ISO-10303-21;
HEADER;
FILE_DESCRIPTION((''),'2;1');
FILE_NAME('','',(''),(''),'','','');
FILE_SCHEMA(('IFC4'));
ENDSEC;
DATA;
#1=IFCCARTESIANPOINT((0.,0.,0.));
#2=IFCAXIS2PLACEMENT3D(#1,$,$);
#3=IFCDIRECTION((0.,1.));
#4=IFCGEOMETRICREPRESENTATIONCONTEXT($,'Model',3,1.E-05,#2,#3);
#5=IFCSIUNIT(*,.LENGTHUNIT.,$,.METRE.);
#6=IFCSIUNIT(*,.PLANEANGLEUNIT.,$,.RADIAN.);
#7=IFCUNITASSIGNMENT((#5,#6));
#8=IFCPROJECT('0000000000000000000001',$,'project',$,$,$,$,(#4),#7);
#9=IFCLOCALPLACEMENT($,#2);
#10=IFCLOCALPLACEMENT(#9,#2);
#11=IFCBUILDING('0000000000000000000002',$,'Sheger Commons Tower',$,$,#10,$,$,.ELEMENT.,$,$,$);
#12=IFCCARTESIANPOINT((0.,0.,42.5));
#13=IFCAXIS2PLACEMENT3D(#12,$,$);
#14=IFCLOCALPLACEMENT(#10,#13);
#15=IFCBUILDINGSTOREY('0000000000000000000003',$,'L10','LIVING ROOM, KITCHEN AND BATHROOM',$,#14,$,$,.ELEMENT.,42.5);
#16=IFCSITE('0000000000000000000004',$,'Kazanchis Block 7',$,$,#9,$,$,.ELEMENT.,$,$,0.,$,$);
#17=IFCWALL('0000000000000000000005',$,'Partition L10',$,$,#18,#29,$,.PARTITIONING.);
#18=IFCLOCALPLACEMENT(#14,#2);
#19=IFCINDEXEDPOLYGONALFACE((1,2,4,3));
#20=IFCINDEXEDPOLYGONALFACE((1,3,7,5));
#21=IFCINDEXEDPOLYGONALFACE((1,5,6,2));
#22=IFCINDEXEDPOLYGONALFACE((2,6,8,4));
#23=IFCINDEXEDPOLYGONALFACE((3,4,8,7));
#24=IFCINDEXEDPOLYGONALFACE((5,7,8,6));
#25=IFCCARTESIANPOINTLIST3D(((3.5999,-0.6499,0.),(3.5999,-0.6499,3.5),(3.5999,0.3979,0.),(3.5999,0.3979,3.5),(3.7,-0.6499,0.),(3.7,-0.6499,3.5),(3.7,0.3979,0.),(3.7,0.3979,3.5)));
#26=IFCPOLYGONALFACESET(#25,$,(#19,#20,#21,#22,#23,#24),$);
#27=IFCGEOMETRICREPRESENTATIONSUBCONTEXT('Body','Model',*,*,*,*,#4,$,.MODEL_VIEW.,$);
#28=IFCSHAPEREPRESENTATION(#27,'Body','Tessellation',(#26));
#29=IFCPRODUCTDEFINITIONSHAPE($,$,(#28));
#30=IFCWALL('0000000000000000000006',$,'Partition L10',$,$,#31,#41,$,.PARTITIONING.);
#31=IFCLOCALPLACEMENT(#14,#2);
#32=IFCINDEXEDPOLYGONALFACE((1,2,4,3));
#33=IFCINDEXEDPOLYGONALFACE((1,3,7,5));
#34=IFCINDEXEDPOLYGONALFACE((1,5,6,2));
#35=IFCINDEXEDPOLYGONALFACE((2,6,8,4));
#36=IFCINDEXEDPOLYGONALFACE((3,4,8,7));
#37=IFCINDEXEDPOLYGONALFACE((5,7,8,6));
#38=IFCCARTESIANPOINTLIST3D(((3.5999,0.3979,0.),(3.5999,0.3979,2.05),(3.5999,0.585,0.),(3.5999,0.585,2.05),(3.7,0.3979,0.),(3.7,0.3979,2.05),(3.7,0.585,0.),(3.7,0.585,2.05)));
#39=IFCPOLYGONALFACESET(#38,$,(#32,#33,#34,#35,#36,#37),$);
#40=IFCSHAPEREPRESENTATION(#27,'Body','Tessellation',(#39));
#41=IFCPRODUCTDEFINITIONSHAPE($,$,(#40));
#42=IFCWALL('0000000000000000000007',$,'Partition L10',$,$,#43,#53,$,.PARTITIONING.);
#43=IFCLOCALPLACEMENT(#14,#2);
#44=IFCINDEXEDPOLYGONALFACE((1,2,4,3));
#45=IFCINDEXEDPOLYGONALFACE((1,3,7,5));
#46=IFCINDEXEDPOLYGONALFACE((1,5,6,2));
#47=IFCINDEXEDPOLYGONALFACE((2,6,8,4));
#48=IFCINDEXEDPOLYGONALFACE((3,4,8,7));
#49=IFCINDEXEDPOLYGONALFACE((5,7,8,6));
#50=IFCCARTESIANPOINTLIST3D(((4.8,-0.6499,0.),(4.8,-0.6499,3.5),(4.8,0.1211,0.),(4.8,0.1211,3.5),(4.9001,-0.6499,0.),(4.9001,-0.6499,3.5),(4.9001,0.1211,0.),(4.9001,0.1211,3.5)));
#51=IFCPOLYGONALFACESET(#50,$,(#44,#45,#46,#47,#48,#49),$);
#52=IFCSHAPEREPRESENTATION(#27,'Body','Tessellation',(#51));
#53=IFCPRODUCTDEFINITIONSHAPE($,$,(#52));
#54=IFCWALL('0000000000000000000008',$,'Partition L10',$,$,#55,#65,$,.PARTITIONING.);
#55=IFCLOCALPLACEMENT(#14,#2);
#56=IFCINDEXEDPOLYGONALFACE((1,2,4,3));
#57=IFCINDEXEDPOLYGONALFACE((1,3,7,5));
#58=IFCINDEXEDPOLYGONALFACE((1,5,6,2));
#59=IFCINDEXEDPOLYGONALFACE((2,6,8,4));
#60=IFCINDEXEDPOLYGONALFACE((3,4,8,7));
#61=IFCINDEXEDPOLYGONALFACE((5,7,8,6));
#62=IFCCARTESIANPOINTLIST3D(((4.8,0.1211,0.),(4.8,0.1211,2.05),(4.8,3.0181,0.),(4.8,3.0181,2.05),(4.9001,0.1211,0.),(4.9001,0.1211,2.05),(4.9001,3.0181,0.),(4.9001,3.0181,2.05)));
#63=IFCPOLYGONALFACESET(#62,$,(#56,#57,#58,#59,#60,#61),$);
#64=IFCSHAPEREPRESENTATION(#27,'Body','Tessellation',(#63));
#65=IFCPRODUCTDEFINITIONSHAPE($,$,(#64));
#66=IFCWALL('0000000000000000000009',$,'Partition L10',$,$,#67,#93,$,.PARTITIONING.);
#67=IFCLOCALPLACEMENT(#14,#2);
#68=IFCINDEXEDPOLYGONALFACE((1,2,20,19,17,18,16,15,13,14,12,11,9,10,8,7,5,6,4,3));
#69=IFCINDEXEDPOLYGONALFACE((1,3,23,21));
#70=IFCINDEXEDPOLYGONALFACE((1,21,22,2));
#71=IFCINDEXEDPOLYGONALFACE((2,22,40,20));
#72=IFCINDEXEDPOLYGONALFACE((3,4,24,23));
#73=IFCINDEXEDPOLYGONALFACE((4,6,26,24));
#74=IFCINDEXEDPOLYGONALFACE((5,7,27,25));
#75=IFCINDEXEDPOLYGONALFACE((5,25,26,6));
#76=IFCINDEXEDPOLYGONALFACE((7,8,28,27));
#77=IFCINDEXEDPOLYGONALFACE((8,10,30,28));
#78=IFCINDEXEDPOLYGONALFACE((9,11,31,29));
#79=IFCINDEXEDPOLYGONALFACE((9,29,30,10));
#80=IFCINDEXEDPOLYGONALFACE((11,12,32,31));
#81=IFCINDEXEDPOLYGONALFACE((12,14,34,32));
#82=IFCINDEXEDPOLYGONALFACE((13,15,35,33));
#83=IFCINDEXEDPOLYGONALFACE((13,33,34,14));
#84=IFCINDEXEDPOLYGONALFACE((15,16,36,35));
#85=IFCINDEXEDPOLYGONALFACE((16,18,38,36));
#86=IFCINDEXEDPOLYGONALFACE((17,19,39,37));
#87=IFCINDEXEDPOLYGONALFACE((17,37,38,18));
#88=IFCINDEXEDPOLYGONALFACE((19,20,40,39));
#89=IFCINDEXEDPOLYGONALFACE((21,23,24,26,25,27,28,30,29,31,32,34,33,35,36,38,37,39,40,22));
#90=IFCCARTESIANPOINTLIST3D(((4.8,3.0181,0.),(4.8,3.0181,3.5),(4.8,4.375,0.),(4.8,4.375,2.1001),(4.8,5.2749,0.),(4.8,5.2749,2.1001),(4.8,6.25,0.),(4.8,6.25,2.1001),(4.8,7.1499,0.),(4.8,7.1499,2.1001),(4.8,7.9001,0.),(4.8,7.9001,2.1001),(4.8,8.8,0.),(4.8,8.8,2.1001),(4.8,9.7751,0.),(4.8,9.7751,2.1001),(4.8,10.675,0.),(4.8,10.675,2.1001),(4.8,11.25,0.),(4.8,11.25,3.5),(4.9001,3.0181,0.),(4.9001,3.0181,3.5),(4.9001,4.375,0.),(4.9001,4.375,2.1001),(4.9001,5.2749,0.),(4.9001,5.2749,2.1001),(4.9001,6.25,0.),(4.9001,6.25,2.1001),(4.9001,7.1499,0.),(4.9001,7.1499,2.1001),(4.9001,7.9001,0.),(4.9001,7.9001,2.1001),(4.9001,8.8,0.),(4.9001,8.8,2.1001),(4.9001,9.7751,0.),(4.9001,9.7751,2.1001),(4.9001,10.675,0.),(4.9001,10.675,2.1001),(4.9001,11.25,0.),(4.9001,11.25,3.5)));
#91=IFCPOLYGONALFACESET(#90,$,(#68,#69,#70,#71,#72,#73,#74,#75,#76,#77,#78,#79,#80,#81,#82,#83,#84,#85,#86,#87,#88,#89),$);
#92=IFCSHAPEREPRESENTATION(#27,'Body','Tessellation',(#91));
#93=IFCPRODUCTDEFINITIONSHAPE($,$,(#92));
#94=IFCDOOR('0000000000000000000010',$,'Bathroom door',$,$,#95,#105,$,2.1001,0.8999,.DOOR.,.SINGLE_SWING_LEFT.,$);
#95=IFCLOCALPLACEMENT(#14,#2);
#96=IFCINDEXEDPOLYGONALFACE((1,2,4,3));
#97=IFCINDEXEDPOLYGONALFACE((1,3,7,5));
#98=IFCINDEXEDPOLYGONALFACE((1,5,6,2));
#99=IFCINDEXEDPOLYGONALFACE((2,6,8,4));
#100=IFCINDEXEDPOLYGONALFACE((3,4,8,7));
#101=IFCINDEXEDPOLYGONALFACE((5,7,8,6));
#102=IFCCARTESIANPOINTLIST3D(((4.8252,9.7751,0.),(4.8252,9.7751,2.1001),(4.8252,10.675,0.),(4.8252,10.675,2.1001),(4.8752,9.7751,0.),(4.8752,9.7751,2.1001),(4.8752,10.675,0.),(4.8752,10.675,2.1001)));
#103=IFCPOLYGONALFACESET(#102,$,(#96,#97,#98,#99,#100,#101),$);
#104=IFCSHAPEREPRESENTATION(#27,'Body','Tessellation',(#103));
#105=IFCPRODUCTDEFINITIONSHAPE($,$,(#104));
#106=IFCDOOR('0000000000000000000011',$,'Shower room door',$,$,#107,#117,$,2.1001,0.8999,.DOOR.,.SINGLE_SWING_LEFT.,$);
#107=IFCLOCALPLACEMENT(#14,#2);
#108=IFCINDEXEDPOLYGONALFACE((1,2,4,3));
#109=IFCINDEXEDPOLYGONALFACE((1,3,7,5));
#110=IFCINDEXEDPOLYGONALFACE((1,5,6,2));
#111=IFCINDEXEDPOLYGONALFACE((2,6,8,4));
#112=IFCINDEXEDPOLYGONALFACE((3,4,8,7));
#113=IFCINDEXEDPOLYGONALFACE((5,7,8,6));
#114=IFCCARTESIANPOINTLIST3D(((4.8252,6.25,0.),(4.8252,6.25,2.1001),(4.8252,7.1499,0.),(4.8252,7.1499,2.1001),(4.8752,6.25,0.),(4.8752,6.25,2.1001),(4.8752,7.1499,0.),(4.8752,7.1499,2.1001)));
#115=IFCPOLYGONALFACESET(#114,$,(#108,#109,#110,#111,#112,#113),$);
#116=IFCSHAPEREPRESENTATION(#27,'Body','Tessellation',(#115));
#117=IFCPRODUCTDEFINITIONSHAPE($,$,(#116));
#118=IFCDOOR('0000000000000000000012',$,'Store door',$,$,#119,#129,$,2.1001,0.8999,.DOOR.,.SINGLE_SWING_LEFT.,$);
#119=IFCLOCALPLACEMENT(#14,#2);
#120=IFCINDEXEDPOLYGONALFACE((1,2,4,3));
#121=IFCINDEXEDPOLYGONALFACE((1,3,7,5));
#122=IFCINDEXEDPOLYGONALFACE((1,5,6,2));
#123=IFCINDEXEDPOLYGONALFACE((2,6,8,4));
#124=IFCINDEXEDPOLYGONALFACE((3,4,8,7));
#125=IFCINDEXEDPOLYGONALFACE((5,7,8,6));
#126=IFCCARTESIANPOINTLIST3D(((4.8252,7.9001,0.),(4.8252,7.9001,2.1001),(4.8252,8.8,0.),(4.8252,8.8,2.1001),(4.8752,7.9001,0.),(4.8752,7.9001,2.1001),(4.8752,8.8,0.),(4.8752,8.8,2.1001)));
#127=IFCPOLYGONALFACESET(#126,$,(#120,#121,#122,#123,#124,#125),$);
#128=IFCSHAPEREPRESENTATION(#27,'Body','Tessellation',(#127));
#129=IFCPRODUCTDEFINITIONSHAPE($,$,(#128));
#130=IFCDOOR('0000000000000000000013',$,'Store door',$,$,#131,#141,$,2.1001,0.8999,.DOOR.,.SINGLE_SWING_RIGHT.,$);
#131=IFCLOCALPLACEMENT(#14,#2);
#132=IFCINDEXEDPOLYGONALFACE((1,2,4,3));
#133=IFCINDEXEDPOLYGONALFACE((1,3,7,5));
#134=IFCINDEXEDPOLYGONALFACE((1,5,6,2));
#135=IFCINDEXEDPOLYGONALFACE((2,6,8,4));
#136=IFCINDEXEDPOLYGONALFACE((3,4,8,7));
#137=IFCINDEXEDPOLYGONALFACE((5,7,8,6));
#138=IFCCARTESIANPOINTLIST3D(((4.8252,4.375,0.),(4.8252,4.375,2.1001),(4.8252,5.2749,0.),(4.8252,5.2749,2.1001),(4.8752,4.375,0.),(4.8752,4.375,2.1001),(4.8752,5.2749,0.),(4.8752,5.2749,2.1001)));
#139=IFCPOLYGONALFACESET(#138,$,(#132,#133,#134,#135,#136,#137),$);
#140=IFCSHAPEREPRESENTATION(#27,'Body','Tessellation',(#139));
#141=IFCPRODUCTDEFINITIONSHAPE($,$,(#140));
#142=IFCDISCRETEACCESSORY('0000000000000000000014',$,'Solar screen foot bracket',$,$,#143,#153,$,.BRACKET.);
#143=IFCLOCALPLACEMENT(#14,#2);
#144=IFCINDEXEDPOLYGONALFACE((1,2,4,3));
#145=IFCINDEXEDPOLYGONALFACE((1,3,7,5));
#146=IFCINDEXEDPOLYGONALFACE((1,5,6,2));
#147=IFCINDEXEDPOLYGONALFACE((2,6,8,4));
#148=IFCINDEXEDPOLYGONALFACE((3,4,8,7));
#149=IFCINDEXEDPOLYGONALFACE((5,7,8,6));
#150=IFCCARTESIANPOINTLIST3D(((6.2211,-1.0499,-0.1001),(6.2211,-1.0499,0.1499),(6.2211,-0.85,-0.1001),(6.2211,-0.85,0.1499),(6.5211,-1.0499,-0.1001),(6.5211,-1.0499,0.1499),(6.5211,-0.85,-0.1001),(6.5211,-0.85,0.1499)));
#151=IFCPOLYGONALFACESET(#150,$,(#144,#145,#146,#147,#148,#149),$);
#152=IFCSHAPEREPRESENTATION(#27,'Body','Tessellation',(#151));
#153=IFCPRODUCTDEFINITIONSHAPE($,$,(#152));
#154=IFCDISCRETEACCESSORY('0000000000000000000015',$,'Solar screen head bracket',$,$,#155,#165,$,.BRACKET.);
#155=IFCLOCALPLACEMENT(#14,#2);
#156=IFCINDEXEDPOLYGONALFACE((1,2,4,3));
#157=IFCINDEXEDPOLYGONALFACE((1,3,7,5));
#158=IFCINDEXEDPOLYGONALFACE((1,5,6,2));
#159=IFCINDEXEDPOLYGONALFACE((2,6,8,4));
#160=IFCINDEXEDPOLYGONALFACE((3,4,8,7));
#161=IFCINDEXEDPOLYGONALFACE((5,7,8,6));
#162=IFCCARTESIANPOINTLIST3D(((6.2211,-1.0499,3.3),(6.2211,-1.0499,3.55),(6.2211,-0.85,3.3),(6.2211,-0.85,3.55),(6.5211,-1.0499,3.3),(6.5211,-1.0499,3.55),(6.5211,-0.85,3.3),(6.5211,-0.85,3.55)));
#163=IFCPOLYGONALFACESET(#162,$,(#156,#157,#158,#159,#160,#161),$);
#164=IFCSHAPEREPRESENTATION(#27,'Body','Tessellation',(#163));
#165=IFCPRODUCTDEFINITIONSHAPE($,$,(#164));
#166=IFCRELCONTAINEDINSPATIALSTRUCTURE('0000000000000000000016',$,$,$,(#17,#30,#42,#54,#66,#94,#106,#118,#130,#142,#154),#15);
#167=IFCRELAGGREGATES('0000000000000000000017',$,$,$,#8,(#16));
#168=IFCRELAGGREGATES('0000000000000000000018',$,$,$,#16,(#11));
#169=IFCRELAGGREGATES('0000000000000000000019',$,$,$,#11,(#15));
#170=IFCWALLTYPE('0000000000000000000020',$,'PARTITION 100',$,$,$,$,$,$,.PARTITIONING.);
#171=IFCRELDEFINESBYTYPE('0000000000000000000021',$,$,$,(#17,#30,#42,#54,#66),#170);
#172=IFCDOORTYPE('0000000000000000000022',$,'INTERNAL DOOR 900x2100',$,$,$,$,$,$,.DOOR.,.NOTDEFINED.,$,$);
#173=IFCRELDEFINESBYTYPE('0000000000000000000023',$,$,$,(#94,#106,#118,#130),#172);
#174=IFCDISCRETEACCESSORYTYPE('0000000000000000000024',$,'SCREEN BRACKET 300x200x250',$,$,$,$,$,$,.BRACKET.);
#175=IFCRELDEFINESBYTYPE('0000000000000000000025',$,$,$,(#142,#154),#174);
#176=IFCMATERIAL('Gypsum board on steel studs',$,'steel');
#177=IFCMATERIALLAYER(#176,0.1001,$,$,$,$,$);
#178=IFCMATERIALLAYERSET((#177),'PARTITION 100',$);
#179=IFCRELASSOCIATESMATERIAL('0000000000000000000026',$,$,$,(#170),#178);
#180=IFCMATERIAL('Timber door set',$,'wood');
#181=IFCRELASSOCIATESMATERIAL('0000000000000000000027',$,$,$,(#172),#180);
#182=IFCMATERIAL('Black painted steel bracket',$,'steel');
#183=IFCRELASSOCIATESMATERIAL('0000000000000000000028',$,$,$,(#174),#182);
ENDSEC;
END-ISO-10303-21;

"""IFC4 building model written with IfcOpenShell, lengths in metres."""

from ifc_helpers import new_model, si_unit, direction, frame, frame_2d, origin, origin_2d, place, context, subcontext, project, spatial, rectangle, extrude, material, layer, layer_set, type_object, element, fill, save


model = new_model("IFC4")

# Units and contexts
model_context = context("Model", 3, precision=1e-05, world=origin(), true_north=direction((0.0, 1.0)))
body_context = subcontext(model_context, "Body", "Model", "MODEL_VIEW")
ifc_project = project(units=[si_unit("LENGTHUNIT", "METRE"), si_unit("PLANEANGLEUNIT", "RADIAN")], contexts=[model_context])

# Site, building, storey
site_placement = place(None, origin())
site = spatial("IfcSite", under=ifc_project, at=site_placement, Name="Kazanchis Block 7", CompositionType="ELEMENT", RefElevation=0.0)
building_placement = place(site_placement, origin())
building = spatial("IfcBuilding", under=site, at=building_placement, Name="Sheger Commons Tower", CompositionType="ELEMENT")
storey_placement = place(building_placement, frame((0.0, 0.0, 42.5)))
storey = spatial("IfcBuildingStorey", under=building, at=storey_placement, Name="L10", Description="LIVING ROOM, KITCHEN AND BATHROOM", CompositionType="ELEMENT", Elevation=42.5)

# Walls
ifc_material_1 = material(Name="Gypsum board on steel studs", Category="steel")
ifc_layer_1 = layer(ifc_material_1, 0.1001)
ifc_layer_set_1 = layer_set([ifc_layer_1], Name="PARTITION 100")
wall_type_1 = type_object("IfcWallType", Name="PARTITION 100", PredefinedType="PARTITIONING", material=ifc_layer_set_1)
wall_1_placement = place(storey_placement, frame((3.6499, -0.6499, 0.0), z_axis=(0.0, 0.0, 1.0), x_axis=(0.0, 1.0, 0.0)))
element("IfcWall", 1, at=wall_1_placement, inside=storey, type_object=wall_type_1, Name="Partition L10", PredefinedType="PARTITIONING", context=body_context, shape_type="SweptSolid", body=[
    extrude(rectangle(XDim=1.0479, YDim=0.1001, at=frame_2d((0.5239, 0.0))), origin(), (0.0, 0.0, 1.0), 3.5),
])
wall_2_placement = place(storey_placement, frame((3.6499, 0.3979, 0.0), z_axis=(0.0, 0.0, 1.0), x_axis=(0.0, 1.0, 0.0)))
element("IfcWall", 2, at=wall_2_placement, inside=storey, type_object=wall_type_1, Name="Partition L10", PredefinedType="PARTITIONING", context=body_context, shape_type="SweptSolid", body=[
    extrude(rectangle(XDim=0.187, YDim=0.1001, at=frame_2d((0.0935, 0.0))), origin(), (0.0, 0.0, 1.0), 2.05),
])
wall_3_placement = place(storey_placement, frame((4.8501, -0.6499, 0.0), z_axis=(0.0, 0.0, 1.0), x_axis=(0.0, 1.0, 0.0)))
element("IfcWall", 3, at=wall_3_placement, inside=storey, type_object=wall_type_1, Name="Partition L10", PredefinedType="PARTITIONING", context=body_context, shape_type="SweptSolid", body=[
    extrude(rectangle(XDim=0.771, YDim=0.1001, at=frame_2d((0.3855, 0.0))), origin(), (0.0, 0.0, 1.0), 3.5),
])
wall_4_placement = place(storey_placement, frame((4.8501, 0.1211, 0.0), z_axis=(0.0, 0.0, 1.0), x_axis=(0.0, 1.0, 0.0)))
element("IfcWall", 4, at=wall_4_placement, inside=storey, type_object=wall_type_1, Name="Partition L10", PredefinedType="PARTITIONING", context=body_context, shape_type="SweptSolid", body=[
    extrude(rectangle(XDim=2.897, YDim=0.1001, at=frame_2d((1.4485, 0.0))), origin(), (0.0, 0.0, 1.0), 2.05),
])

# Wall, openings, doors
wall_5_placement = place(storey_placement, frame((4.8501, 3.0181, 0.0), z_axis=(0.0, 0.0, 1.0), x_axis=(0.0, 1.0, 0.0)))
wall_5 = element("IfcWall", 5, at=wall_5_placement, inside=storey, type_object=wall_type_1, Name="Partition L10", PredefinedType="PARTITIONING", context=body_context, shape_type="SweptSolid", body=[
    extrude(rectangle(XDim=8.2319, YDim=0.1001, at=frame_2d((4.116, 0.0))), origin(), (0.0, 0.0, 1.0), 3.5),
])
opening_1_placement = place(wall_5_placement, frame((6.7571, 0.0, 0.0)))
opening_1 = element("IfcOpeningElement", 6, at=opening_1_placement, cuts=wall_5, PredefinedType="OPENING", context=body_context, shape_type="SweptSolid", body=[
    extrude(rectangle(XDim=0.8999, YDim=2.1001, at=frame_2d((0.45, 1.05))), frame((0.0, 0.0601, 0.0), z_axis=(0.0, -1.0, 0.0), x_axis=(1.0, 0.0, 0.0)), (0.0, 0.0, 1.0), 0.1201),
])
opening_2_placement = place(wall_5_placement, frame((3.2319, 0.0, 0.0)))
opening_2 = element("IfcOpeningElement", 7, at=opening_2_placement, cuts=wall_5, PredefinedType="OPENING", context=body_context, shape_type="SweptSolid", body=[
    extrude(rectangle(XDim=0.8999, YDim=2.1001, at=frame_2d((0.45, 1.05))), frame((0.0, 0.0601, 0.0), z_axis=(0.0, -1.0, 0.0), x_axis=(1.0, 0.0, 0.0)), (0.0, 0.0, 1.0), 0.1201),
])
opening_3_placement = place(wall_5_placement, frame((4.8821, 0.0, 0.0)))
opening_3 = element("IfcOpeningElement", 8, at=opening_3_placement, cuts=wall_5, PredefinedType="OPENING", context=body_context, shape_type="SweptSolid", body=[
    extrude(rectangle(XDim=0.8999, YDim=2.1001, at=frame_2d((0.45, 1.05))), frame((0.0, 0.0601, 0.0), z_axis=(0.0, -1.0, 0.0), x_axis=(1.0, 0.0, 0.0)), (0.0, 0.0, 1.0), 0.1201),
])
opening_4_placement = place(wall_5_placement, frame((1.3569, 0.0, 0.0)))
opening_4 = element("IfcOpeningElement", 9, at=opening_4_placement, cuts=wall_5, PredefinedType="OPENING", context=body_context, shape_type="SweptSolid", body=[
    extrude(rectangle(XDim=0.8999, YDim=2.1001, at=frame_2d((0.45, 1.05))), frame((0.0, 0.0601, 0.0), z_axis=(0.0, -1.0, 0.0), x_axis=(1.0, 0.0, 0.0)), (0.0, 0.0, 1.0), 0.1201),
])
ifc_material_2 = material(Name="Timber door set", Category="wood")
door_type = type_object("IfcDoorType", Name="INTERNAL DOOR 900x2100", OperationType="NOTDEFINED", PredefinedType="DOOR", material=ifc_material_2)
door_1_placement = place(opening_1_placement, origin())
door_1 = element("IfcDoor", 10, at=door_1_placement, inside=storey, type_object=door_type, Name="Bathroom door", OperationType="SINGLE_SWING_LEFT", OverallHeight=2.1001, OverallWidth=0.8999, PredefinedType="DOOR", context=body_context, shape_type="SweptSolid", body=[
    extrude(rectangle(XDim=0.8999, YDim=2.1001, at=frame_2d((0.45, 1.05))), frame((0.0, 0.0249, 0.0), z_axis=(0.0, -1.0, 0.0), x_axis=(1.0, 0.0, 0.0)), (0.0, 0.0, 1.0), 0.05),
])
fill(opening_1, door_1)
door_2_placement = place(opening_2_placement, origin())
door_2 = element("IfcDoor", 11, at=door_2_placement, inside=storey, type_object=door_type, Name="Shower room door", OperationType="SINGLE_SWING_LEFT", OverallHeight=2.1001, OverallWidth=0.8999, PredefinedType="DOOR", context=body_context, shape_type="SweptSolid", body=[
    extrude(rectangle(XDim=0.8999, YDim=2.1001, at=frame_2d((0.45, 1.05))), frame((0.0, 0.0249, 0.0), z_axis=(0.0, -1.0, 0.0), x_axis=(1.0, 0.0, 0.0)), (0.0, 0.0, 1.0), 0.05),
])
fill(opening_2, door_2)
door_3_placement = place(opening_3_placement, origin())
door_3 = element("IfcDoor", 12, at=door_3_placement, inside=storey, type_object=door_type, Name="Store door", OperationType="SINGLE_SWING_LEFT", OverallHeight=2.1001, OverallWidth=0.8999, PredefinedType="DOOR", context=body_context, shape_type="SweptSolid", body=[
    extrude(rectangle(XDim=0.8999, YDim=2.1001, at=frame_2d((0.45, 1.05))), frame((0.0, 0.0249, 0.0), z_axis=(0.0, -1.0, 0.0), x_axis=(1.0, 0.0, 0.0)), (0.0, 0.0, 1.0), 0.05),
])
fill(opening_3, door_3)
door_4_placement = place(opening_4_placement, origin())
door_4 = element("IfcDoor", 13, at=door_4_placement, inside=storey, type_object=door_type, Name="Store door", OperationType="SINGLE_SWING_RIGHT", OverallHeight=2.1001, OverallWidth=0.8999, PredefinedType="DOOR", context=body_context, shape_type="SweptSolid", body=[
    extrude(rectangle(XDim=0.8999, YDim=2.1001, at=frame_2d((0.45, 1.05))), frame((0.0, 0.0249, 0.0), z_axis=(0.0, -1.0, 0.0), x_axis=(1.0, 0.0, 0.0)), (0.0, 0.0, 1.0), 0.05),
])
fill(opening_4, door_4)

# Discrete accessories
ifc_material_3 = material(Name="Black painted steel bracket", Category="steel")
discrete_accessory_type = type_object("IfcDiscreteAccessoryType", Name="SCREEN BRACKET 300x200x250", PredefinedType="BRACKET", material=ifc_material_3)
for number, where, z_axis, x_axis, name in (
    (14, (6.3711, -0.95, -0.1001), (0.0, 0.0, 1.0), (1.0, 0.0, 0.0), "Solar screen foot bracket"),
    (15, (6.3711, -0.95, 3.3), (0.0, 0.0, 1.0), (1.0, 0.0, 0.0), "Solar screen head bracket"),
):
    element("IfcDiscreteAccessory", number, at=place(storey_placement, frame(where, z_axis=z_axis, x_axis=x_axis)), inside=storey, type_object=discrete_accessory_type, Name=name, PredefinedType="BRACKET", context=body_context, shape_type="SweptSolid", body=[
        extrude(rectangle(XDim=0.3, YDim=0.2, at=origin_2d()), origin(), (0.0, 0.0, 1.0), 0.25),
    ])

save(model, "model.ifc")
